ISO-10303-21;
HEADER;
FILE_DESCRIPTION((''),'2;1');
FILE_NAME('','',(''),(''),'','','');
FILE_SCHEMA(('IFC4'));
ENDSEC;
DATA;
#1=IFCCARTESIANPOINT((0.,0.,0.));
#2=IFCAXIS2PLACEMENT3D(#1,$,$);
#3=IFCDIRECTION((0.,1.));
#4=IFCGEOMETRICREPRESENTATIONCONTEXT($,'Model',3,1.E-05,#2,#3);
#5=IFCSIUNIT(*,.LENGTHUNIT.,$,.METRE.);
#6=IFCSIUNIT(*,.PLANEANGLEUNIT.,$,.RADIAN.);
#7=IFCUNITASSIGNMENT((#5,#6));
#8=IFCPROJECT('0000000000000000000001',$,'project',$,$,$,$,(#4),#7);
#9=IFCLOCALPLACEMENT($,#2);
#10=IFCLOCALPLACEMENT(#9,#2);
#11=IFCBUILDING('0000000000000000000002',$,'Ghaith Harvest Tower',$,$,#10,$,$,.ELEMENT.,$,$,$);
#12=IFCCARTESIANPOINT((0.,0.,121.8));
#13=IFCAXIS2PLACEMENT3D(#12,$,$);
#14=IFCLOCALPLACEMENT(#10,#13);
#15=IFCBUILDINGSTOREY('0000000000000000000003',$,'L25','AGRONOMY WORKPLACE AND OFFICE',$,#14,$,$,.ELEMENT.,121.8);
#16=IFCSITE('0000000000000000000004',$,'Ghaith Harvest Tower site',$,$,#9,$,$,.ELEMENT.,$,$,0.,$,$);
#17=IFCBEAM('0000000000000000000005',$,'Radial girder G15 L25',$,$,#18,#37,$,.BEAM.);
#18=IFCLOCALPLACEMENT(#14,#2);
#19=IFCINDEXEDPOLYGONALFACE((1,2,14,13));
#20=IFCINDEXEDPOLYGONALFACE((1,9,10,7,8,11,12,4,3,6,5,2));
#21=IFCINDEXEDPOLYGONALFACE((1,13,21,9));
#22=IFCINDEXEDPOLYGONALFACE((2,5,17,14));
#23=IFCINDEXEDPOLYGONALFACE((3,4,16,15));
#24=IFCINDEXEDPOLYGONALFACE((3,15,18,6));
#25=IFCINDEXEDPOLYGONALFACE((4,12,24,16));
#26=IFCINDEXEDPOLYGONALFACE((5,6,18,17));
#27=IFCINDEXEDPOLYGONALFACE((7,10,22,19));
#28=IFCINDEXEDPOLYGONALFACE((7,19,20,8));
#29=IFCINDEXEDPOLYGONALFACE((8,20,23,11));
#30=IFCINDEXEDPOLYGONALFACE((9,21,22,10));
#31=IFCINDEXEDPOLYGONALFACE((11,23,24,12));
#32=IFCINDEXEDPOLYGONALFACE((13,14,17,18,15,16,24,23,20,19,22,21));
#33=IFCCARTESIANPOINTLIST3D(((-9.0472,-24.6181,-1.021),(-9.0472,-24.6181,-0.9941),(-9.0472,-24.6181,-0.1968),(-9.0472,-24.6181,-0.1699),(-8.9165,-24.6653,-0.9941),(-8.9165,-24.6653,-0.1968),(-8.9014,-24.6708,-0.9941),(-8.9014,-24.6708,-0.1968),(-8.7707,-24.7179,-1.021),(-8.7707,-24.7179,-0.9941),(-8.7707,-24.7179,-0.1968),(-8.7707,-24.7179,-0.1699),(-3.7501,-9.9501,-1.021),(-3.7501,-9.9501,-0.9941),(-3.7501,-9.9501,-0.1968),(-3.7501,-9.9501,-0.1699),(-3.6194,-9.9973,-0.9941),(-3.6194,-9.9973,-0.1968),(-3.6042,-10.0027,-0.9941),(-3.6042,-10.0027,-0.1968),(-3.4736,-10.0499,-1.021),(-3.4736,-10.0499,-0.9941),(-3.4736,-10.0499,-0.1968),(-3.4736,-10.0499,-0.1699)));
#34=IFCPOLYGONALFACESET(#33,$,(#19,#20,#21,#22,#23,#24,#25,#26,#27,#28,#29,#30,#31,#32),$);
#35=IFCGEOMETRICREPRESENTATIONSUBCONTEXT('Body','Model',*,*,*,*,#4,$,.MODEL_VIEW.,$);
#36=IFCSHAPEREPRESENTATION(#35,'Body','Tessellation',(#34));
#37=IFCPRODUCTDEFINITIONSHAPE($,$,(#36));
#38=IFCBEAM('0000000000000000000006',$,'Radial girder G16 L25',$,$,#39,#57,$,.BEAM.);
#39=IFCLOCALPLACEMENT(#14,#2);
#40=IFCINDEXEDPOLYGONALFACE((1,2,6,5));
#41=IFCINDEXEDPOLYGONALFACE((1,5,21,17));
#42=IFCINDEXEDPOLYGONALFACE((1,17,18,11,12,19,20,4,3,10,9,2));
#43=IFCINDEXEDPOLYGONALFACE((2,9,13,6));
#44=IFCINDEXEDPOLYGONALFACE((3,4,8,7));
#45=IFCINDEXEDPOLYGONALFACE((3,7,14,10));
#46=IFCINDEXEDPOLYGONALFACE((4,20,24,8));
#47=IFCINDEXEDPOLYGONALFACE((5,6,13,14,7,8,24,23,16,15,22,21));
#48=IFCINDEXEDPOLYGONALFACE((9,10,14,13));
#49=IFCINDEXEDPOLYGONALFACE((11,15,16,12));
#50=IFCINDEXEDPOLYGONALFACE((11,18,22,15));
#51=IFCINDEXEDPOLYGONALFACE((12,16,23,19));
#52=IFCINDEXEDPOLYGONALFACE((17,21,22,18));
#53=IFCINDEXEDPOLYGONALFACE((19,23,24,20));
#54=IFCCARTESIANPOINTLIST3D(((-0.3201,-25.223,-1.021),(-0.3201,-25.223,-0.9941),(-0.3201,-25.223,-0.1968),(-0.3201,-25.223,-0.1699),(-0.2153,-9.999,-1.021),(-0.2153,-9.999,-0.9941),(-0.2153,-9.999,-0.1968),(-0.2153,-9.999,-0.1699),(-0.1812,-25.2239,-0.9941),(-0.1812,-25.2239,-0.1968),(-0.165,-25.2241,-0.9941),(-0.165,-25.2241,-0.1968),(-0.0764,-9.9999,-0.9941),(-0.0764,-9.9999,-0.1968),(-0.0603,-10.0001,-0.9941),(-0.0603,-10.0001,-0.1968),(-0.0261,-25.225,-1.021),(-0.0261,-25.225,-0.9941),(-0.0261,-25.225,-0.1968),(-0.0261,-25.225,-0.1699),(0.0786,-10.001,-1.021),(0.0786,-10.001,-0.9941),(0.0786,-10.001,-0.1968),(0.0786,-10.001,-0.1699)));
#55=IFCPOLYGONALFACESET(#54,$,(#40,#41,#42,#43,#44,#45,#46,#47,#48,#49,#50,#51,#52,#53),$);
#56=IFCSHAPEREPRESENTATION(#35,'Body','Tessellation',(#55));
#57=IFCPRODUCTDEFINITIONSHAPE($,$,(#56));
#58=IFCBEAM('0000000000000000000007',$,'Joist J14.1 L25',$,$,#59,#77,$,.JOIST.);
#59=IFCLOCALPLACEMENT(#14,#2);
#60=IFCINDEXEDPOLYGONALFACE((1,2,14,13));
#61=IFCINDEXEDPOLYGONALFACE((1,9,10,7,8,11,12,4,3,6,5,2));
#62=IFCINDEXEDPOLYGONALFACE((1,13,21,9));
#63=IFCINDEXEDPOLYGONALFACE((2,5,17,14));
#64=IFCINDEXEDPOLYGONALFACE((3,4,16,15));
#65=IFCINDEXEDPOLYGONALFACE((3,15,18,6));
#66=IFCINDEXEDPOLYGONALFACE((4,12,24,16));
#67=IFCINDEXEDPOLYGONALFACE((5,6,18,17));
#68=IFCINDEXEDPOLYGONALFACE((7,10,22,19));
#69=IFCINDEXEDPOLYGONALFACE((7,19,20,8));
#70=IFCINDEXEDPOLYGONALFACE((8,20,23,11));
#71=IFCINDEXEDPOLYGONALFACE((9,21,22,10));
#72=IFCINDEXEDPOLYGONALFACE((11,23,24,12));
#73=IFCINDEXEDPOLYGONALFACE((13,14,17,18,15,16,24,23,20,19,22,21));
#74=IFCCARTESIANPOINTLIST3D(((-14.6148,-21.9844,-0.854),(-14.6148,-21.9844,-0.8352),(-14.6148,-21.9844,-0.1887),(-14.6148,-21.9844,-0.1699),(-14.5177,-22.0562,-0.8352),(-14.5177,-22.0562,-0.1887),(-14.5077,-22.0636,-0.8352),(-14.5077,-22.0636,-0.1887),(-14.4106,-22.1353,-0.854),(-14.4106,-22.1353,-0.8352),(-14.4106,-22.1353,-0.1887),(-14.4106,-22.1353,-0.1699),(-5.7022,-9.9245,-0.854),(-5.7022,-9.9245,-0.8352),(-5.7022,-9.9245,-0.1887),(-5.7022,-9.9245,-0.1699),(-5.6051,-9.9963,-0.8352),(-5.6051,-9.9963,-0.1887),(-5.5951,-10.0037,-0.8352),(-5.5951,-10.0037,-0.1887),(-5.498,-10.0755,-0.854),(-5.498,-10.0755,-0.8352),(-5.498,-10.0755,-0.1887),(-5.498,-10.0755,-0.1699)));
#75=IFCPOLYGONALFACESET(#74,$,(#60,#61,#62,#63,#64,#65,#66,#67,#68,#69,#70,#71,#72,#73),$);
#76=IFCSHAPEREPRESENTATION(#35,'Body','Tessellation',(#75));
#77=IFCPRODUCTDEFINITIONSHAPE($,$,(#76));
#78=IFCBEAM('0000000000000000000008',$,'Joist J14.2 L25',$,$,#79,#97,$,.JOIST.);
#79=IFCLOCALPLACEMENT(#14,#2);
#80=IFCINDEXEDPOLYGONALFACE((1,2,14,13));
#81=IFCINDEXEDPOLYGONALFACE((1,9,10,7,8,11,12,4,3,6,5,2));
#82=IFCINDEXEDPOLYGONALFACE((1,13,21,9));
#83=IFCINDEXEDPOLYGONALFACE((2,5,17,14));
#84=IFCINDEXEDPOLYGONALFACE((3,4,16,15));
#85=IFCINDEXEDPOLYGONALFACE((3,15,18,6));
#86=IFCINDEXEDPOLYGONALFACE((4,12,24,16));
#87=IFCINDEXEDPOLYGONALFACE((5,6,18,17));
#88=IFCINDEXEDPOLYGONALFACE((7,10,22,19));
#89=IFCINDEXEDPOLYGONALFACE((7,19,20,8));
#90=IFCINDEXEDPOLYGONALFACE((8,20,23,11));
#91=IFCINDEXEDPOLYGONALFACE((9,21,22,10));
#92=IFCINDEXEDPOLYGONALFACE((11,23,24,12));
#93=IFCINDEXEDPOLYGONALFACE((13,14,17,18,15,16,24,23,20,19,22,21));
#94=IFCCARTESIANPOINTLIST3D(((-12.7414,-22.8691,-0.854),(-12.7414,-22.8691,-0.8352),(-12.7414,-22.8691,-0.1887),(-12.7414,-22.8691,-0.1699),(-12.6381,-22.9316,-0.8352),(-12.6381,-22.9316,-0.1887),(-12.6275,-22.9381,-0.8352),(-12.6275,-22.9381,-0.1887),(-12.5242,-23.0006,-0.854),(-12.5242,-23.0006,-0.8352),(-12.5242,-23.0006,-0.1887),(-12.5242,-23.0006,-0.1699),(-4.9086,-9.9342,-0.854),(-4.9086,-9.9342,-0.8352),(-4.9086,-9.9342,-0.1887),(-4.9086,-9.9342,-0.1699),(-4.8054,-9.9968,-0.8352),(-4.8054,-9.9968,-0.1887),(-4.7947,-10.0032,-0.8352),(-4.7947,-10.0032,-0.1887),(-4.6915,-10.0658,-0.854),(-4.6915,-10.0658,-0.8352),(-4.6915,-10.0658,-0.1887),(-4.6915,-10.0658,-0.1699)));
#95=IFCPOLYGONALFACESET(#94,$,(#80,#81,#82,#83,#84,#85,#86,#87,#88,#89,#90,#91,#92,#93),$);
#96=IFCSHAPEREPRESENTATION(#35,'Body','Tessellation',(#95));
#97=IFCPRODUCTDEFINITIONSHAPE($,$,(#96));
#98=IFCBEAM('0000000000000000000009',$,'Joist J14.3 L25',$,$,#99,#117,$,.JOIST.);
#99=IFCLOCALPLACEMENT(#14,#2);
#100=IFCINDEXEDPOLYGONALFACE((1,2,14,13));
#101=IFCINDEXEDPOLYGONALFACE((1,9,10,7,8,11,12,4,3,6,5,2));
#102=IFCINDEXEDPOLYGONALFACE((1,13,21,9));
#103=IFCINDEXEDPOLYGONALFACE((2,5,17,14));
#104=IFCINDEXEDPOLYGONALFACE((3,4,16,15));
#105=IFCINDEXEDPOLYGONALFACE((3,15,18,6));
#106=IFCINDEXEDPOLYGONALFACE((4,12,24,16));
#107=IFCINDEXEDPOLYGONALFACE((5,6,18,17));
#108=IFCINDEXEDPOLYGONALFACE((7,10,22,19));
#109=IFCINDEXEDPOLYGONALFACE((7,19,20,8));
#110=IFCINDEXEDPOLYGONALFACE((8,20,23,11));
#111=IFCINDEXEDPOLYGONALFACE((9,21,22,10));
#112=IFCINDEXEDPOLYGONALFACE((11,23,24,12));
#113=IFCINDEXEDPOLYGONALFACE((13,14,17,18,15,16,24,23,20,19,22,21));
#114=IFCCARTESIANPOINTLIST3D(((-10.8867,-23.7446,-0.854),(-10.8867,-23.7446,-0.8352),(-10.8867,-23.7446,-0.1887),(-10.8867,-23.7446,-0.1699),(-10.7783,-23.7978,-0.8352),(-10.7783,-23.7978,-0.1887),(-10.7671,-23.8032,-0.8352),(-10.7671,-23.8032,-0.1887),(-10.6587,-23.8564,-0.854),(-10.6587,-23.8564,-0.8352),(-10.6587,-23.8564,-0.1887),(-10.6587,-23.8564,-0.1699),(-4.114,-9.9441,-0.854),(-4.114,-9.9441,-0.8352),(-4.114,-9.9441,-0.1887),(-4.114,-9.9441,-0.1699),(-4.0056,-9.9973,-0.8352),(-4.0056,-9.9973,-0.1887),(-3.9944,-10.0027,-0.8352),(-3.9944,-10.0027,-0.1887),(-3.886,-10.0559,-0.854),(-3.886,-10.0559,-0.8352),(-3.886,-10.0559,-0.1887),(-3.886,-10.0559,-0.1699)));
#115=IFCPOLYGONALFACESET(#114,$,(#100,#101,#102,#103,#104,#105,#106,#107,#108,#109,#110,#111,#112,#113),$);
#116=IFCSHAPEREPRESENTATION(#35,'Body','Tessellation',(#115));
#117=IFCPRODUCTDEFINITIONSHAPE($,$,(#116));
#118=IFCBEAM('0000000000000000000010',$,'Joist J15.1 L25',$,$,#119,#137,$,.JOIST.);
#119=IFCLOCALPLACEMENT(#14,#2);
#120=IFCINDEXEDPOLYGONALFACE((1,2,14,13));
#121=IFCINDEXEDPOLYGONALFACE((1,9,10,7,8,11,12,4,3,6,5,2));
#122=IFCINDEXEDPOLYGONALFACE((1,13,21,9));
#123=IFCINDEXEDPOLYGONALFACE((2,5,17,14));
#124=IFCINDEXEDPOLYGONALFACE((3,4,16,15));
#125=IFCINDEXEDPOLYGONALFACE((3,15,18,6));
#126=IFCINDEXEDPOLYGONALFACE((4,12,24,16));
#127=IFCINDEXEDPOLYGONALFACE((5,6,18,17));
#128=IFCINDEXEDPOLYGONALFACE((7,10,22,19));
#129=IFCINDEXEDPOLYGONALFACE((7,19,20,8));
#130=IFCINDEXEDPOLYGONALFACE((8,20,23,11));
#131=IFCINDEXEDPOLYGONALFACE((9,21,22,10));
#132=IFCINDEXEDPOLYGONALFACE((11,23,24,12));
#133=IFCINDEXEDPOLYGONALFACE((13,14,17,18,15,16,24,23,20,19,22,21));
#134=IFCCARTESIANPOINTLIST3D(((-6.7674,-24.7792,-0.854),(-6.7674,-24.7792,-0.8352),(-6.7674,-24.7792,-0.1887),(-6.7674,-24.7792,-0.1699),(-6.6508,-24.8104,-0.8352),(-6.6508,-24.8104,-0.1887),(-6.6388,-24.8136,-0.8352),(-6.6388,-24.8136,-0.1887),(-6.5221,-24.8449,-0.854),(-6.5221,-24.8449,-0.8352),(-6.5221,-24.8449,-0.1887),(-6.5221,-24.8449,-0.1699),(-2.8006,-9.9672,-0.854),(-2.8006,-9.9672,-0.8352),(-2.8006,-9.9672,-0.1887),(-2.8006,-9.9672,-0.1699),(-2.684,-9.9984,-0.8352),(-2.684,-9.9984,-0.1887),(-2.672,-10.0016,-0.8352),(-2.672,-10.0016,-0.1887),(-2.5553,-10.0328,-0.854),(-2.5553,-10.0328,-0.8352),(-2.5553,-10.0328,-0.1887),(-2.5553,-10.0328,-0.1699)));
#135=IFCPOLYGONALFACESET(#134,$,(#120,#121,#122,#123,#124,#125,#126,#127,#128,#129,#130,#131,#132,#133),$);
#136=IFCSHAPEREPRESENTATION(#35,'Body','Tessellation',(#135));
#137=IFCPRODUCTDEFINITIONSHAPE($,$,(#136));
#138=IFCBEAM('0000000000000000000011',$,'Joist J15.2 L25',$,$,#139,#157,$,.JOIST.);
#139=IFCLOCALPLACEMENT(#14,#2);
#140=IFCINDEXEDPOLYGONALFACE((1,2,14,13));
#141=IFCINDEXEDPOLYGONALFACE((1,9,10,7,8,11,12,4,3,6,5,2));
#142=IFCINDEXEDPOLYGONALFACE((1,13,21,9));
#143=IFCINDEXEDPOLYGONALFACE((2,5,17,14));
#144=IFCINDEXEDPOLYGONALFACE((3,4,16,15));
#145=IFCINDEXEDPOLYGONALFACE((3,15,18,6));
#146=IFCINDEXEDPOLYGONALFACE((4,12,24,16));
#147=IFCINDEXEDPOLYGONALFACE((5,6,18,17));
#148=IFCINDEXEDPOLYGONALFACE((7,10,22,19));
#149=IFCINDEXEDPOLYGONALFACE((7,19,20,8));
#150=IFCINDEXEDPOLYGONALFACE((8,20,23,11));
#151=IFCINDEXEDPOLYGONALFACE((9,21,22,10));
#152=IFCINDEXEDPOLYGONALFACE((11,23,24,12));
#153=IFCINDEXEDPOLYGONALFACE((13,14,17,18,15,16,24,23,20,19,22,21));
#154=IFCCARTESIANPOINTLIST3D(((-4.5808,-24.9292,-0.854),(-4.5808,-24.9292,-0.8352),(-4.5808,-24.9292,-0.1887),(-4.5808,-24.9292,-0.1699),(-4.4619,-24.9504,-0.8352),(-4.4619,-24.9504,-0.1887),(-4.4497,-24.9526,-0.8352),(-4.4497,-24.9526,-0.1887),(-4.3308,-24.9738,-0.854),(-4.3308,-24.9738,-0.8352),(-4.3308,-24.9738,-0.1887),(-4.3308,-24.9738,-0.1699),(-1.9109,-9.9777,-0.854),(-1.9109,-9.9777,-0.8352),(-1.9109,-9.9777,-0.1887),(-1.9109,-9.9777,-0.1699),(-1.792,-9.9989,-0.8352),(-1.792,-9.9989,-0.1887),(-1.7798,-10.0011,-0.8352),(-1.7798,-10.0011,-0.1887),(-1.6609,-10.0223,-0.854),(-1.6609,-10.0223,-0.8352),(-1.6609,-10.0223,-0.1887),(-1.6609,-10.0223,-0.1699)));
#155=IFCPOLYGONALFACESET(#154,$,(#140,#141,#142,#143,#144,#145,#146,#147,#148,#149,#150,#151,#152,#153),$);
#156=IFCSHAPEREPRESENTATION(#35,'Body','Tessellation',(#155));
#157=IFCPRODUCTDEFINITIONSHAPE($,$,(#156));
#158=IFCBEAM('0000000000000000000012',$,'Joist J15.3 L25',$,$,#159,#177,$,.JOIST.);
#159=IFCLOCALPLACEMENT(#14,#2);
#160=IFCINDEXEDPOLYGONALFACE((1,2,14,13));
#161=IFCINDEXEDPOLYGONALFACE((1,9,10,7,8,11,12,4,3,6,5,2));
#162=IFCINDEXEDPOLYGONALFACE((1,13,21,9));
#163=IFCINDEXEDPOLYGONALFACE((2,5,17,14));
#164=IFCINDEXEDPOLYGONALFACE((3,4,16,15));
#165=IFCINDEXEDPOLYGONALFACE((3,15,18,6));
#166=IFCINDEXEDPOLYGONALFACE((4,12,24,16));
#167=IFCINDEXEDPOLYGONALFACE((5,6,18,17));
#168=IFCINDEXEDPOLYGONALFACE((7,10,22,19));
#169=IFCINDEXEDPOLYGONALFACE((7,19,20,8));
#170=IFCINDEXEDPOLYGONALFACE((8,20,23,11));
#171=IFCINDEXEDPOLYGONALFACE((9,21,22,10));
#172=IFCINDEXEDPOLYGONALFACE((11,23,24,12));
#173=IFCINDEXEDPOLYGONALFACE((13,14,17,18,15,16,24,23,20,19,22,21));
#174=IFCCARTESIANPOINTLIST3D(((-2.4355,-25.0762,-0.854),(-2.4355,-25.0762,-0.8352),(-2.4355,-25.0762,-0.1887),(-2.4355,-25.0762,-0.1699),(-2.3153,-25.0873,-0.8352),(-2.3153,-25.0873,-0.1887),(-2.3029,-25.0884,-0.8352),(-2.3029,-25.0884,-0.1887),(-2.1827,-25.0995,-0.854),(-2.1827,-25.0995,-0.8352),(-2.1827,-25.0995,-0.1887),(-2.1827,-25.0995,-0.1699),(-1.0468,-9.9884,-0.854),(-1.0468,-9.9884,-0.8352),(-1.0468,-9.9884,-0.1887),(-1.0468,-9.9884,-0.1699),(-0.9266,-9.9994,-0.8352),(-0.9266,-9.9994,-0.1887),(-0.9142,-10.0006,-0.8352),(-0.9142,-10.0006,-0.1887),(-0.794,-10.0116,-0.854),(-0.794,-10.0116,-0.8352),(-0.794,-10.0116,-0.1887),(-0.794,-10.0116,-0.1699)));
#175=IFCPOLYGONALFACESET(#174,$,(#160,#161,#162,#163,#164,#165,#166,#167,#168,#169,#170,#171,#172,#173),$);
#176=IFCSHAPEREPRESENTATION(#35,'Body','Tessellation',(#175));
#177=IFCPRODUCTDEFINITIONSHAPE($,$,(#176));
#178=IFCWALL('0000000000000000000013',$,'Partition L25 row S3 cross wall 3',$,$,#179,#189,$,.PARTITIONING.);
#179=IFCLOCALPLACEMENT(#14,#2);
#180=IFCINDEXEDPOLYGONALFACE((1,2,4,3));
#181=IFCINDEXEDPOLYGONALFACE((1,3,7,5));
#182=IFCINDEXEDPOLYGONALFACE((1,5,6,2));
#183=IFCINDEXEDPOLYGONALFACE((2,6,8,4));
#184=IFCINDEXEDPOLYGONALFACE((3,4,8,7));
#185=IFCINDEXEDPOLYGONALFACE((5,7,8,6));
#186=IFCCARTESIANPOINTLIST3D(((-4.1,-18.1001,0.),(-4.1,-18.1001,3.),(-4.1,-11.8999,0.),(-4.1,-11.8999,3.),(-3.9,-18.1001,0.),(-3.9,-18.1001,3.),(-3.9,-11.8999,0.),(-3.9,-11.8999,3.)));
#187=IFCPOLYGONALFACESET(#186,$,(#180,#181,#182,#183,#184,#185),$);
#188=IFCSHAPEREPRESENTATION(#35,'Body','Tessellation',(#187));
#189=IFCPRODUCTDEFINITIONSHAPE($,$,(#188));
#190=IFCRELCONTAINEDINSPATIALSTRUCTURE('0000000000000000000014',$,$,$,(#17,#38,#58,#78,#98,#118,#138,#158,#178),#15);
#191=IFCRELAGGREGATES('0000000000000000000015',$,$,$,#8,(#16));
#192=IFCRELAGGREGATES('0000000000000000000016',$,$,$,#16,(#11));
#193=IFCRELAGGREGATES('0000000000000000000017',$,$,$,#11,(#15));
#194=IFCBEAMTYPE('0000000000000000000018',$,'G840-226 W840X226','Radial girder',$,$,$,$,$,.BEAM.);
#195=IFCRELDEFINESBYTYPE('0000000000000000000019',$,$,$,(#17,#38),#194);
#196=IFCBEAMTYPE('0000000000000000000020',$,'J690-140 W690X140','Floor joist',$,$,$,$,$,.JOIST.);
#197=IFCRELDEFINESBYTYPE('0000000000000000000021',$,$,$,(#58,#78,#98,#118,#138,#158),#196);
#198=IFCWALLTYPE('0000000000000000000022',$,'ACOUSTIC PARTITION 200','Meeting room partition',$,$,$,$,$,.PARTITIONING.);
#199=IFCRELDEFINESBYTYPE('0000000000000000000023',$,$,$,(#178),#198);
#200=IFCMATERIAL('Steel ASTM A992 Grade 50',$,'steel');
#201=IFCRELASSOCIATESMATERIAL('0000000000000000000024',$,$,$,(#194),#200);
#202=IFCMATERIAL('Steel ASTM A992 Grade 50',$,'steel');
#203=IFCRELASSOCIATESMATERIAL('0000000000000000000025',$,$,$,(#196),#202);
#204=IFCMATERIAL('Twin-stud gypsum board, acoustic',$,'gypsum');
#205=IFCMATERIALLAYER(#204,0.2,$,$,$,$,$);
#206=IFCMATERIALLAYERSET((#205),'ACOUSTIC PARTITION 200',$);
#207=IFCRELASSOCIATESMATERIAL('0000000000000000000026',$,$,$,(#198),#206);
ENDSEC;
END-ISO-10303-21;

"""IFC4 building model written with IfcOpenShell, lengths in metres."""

from ifc_helpers import new_model, si_unit, direction, frame, frame_2d, origin, origin_2d, place, context, subcontext, project, spatial, rectangle, i_section, extrude, material, layer, layer_set, material_profile, profile_set, type_object, element, save


model = new_model("IFC4")

# Units and contexts
model_context = context("Model", 3, precision=1e-05, world=origin(), true_north=direction((0.0, 1.0)))
body_context = subcontext(model_context, "Body", "Model", "MODEL_VIEW")
ifc_project = project(units=[si_unit("LENGTHUNIT", "METRE"), si_unit("PLANEANGLEUNIT", "RADIAN")], contexts=[model_context])

# Site, building, storey
site_placement = place(None, origin())
site = spatial("IfcSite", under=ifc_project, at=site_placement, Name="Ghaith Harvest Tower site", CompositionType="ELEMENT", RefElevation=0.0)
building_placement = place(site_placement, origin())
building = spatial("IfcBuilding", under=site, at=building_placement, Name="Ghaith Harvest Tower", CompositionType="ELEMENT")
storey_placement = place(building_placement, frame((0.0, 0.0, 121.8)))
storey = spatial("IfcBuildingStorey", under=building, at=storey_placement, Name="L25", Description="AGRONOMY WORKPLACE AND OFFICE", CompositionType="ELEMENT", Elevation=121.8)

# Beams
ifc_material_1 = material(Name="Steel ASTM A992 Grade 50", Category="steel")
ifc_material_profile_1 = material_profile(ifc_material_1, i_section(OverallWidth=0.2939, OverallDepth=0.8511, WebThickness=0.0161, FlangeThickness=0.0269, at=origin_2d()), Name="W840X226")
ifc_profile_set_1 = profile_set([ifc_material_profile_1], Name="Steel ASTM A992 Grade 50")
beam_type_1 = type_object("IfcBeamType", Name="G840-226 W840X226", Description="Radial girder", PredefinedType="BEAM", material=ifc_profile_set_1)
beam_1_placement = place(storey_placement, frame((-3.6118, -10.0, -0.5955), z_axis=(-0.339664, -0.940547, 0.0), x_axis=(0.940547, -0.339664, 0.0)))
element("IfcBeam", 1, at=beam_1_placement, inside=storey, type_object=beam_type_1, Name="Radial girder G15 L25", PredefinedType="BEAM", context=body_context, shape_type="SweptSolid", body=[
    extrude(i_section(OverallWidth=0.2939, OverallDepth=0.8511, WebThickness=0.0161, FlangeThickness=0.0269, at=origin_2d()), origin(), (0.0, 0.0, 1.0), 15.5952),
])
beam_2_placement = place(storey_placement, frame((-0.0684, -10.0, -0.5955), z_axis=(-0.006879, -0.999976, 0.0), x_axis=(0.999976, -0.006879, 0.0)))
element("IfcBeam", 2, at=beam_2_placement, inside=storey, type_object=beam_type_1, Name="Radial girder G16 L25", PredefinedType="BEAM", context=body_context, shape_type="SweptSolid", body=[
    extrude(i_section(OverallWidth=0.2939, OverallDepth=0.8511, WebThickness=0.0161, FlangeThickness=0.0269, at=origin_2d()), origin(), (0.0, 0.0, 1.0), 15.2244),
])
ifc_material_2 = material(Name="Steel ASTM A992 Grade 50", Category="steel")
ifc_material_profile_2 = material_profile(ifc_material_2, i_section(OverallWidth=0.2539, OverallDepth=0.6841, WebThickness=0.0125, FlangeThickness=0.0188, at=origin_2d()), Name="W690X140")
ifc_profile_set_2 = profile_set([ifc_material_profile_2], Name="Steel ASTM A992 Grade 50")
beam_type_2 = type_object("IfcBeamType", Name="J690-140 W690X140", Description="Floor joist", PredefinedType="JOIST", material=ifc_profile_set_2)
beam_3_placement = place(storey_placement, frame((-5.6001, -10.0, -0.512), z_axis=(-0.59434, -0.804214, 0.0), x_axis=(0.804214, -0.59434, 0.0)))
element("IfcBeam", 3, at=beam_3_placement, inside=storey, type_object=beam_type_2, Name="Joist J14.1 L25", PredefinedType="JOIST", context=body_context, shape_type="SweptSolid", body=[
    extrude(i_section(OverallWidth=0.2539, OverallDepth=0.6841, WebThickness=0.0125, FlangeThickness=0.0188, at=origin_2d()), origin(), (0.0, 0.0, 1.0), 14.9958),
])
beam_4_placement = place(storey_placement, frame((-4.8, -10.0, -0.512), z_axis=(-0.517986, -0.855389, 0.0), x_axis=(0.855389, -0.517986, 0.0)))
element("IfcBeam", 4, at=beam_4_placement, inside=storey, type_object=beam_type_2, Name="Joist J14.2 L25", PredefinedType="JOIST", context=body_context, shape_type="SweptSolid", body=[
    extrude(i_section(OverallWidth=0.2539, OverallDepth=0.6841, WebThickness=0.0125, FlangeThickness=0.0188, at=origin_2d()), origin(), (0.0, 0.0, 1.0), 15.1216),
])
beam_5_placement = place(storey_placement, frame((-4.0, -10.0, -0.512), z_axis=(-0.440563, -0.897722, 0.0), x_axis=(0.897722, -0.440563, 0.0)))
element("IfcBeam", 5, at=beam_5_placement, inside=storey, type_object=beam_type_2, Name="Joist J14.3 L25", PredefinedType="JOIST", context=body_context, shape_type="SweptSolid", body=[
    extrude(i_section(OverallWidth=0.2539, OverallDepth=0.6841, WebThickness=0.0125, FlangeThickness=0.0188, at=origin_2d()), origin(), (0.0, 0.0, 1.0), 15.3728),
])
beam_6_placement = place(storey_placement, frame((-2.678, -10.0, -0.512), z_axis=(-0.258693, -0.96596, 0.0), x_axis=(0.96596, -0.258693, 0.0)))
element("IfcBeam", 6, at=beam_6_placement, inside=storey, type_object=beam_type_2, Name="Joist J15.1 L25", PredefinedType="JOIST", context=body_context, shape_type="SweptSolid", body=[
    extrude(i_section(OverallWidth=0.2539, OverallDepth=0.6841, WebThickness=0.0125, FlangeThickness=0.0188, at=origin_2d()), origin(), (0.0, 0.0, 1.0), 15.334),
])
beam_7_placement = place(storey_placement, frame((-1.7859, -10.0, -0.512), z_axis=(-0.175792, -0.984427, 0.0), x_axis=(0.984427, -0.175792, 0.0)))
element("IfcBeam", 7, at=beam_7_placement, inside=storey, type_object=beam_type_2, Name="Joist J15.2 L25", PredefinedType="JOIST", context=body_context, shape_type="SweptSolid", body=[
    extrude(i_section(OverallWidth=0.2539, OverallDepth=0.6841, WebThickness=0.0125, FlangeThickness=0.0188, at=origin_2d()), origin(), (0.0, 0.0, 1.0), 15.188),
])
beam_8_placement = place(storey_placement, frame((-0.9204, -10.0, -0.512), z_axis=(-0.091651, -0.995791, 0.0), x_axis=(0.995791, -0.091651, 0.0)))
element("IfcBeam", 8, at=beam_8_placement, inside=storey, type_object=beam_type_2, Name="Joist J15.3 L25", PredefinedType="JOIST", context=body_context, shape_type="SweptSolid", body=[
    extrude(i_section(OverallWidth=0.2539, OverallDepth=0.6841, WebThickness=0.0125, FlangeThickness=0.0188, at=origin_2d()), origin(), (0.0, 0.0, 1.0), 15.1516),
])

# Wall
ifc_material_3 = material(Name="Twin-stud gypsum board, acoustic", Category="gypsum")
ifc_layer_1 = layer(ifc_material_3, 0.2)
ifc_layer_set_1 = layer_set([ifc_layer_1], Name="ACOUSTIC PARTITION 200")
wall_type_1 = type_object("IfcWallType", Name="ACOUSTIC PARTITION 200", Description="Meeting room partition", PredefinedType="PARTITIONING", material=ifc_layer_set_1)
wall_1_placement = place(storey_placement, frame((-4.0, -11.8999, 0.0), z_axis=(0.0, 0.0, 1.0), x_axis=(0.0, -1.0, 0.0)))
element("IfcWall", 9, at=wall_1_placement, inside=storey, type_object=wall_type_1, Name="Partition L25 row S3 cross wall 3", PredefinedType="PARTITIONING", context=body_context, shape_type="SweptSolid", body=[
    extrude(rectangle(XDim=6.2002, YDim=0.2, at=frame_2d((3.1001, 0.0))), origin(), (0.0, 0.0, 1.0), 3.0),
])

save(model, "model.ifc")
